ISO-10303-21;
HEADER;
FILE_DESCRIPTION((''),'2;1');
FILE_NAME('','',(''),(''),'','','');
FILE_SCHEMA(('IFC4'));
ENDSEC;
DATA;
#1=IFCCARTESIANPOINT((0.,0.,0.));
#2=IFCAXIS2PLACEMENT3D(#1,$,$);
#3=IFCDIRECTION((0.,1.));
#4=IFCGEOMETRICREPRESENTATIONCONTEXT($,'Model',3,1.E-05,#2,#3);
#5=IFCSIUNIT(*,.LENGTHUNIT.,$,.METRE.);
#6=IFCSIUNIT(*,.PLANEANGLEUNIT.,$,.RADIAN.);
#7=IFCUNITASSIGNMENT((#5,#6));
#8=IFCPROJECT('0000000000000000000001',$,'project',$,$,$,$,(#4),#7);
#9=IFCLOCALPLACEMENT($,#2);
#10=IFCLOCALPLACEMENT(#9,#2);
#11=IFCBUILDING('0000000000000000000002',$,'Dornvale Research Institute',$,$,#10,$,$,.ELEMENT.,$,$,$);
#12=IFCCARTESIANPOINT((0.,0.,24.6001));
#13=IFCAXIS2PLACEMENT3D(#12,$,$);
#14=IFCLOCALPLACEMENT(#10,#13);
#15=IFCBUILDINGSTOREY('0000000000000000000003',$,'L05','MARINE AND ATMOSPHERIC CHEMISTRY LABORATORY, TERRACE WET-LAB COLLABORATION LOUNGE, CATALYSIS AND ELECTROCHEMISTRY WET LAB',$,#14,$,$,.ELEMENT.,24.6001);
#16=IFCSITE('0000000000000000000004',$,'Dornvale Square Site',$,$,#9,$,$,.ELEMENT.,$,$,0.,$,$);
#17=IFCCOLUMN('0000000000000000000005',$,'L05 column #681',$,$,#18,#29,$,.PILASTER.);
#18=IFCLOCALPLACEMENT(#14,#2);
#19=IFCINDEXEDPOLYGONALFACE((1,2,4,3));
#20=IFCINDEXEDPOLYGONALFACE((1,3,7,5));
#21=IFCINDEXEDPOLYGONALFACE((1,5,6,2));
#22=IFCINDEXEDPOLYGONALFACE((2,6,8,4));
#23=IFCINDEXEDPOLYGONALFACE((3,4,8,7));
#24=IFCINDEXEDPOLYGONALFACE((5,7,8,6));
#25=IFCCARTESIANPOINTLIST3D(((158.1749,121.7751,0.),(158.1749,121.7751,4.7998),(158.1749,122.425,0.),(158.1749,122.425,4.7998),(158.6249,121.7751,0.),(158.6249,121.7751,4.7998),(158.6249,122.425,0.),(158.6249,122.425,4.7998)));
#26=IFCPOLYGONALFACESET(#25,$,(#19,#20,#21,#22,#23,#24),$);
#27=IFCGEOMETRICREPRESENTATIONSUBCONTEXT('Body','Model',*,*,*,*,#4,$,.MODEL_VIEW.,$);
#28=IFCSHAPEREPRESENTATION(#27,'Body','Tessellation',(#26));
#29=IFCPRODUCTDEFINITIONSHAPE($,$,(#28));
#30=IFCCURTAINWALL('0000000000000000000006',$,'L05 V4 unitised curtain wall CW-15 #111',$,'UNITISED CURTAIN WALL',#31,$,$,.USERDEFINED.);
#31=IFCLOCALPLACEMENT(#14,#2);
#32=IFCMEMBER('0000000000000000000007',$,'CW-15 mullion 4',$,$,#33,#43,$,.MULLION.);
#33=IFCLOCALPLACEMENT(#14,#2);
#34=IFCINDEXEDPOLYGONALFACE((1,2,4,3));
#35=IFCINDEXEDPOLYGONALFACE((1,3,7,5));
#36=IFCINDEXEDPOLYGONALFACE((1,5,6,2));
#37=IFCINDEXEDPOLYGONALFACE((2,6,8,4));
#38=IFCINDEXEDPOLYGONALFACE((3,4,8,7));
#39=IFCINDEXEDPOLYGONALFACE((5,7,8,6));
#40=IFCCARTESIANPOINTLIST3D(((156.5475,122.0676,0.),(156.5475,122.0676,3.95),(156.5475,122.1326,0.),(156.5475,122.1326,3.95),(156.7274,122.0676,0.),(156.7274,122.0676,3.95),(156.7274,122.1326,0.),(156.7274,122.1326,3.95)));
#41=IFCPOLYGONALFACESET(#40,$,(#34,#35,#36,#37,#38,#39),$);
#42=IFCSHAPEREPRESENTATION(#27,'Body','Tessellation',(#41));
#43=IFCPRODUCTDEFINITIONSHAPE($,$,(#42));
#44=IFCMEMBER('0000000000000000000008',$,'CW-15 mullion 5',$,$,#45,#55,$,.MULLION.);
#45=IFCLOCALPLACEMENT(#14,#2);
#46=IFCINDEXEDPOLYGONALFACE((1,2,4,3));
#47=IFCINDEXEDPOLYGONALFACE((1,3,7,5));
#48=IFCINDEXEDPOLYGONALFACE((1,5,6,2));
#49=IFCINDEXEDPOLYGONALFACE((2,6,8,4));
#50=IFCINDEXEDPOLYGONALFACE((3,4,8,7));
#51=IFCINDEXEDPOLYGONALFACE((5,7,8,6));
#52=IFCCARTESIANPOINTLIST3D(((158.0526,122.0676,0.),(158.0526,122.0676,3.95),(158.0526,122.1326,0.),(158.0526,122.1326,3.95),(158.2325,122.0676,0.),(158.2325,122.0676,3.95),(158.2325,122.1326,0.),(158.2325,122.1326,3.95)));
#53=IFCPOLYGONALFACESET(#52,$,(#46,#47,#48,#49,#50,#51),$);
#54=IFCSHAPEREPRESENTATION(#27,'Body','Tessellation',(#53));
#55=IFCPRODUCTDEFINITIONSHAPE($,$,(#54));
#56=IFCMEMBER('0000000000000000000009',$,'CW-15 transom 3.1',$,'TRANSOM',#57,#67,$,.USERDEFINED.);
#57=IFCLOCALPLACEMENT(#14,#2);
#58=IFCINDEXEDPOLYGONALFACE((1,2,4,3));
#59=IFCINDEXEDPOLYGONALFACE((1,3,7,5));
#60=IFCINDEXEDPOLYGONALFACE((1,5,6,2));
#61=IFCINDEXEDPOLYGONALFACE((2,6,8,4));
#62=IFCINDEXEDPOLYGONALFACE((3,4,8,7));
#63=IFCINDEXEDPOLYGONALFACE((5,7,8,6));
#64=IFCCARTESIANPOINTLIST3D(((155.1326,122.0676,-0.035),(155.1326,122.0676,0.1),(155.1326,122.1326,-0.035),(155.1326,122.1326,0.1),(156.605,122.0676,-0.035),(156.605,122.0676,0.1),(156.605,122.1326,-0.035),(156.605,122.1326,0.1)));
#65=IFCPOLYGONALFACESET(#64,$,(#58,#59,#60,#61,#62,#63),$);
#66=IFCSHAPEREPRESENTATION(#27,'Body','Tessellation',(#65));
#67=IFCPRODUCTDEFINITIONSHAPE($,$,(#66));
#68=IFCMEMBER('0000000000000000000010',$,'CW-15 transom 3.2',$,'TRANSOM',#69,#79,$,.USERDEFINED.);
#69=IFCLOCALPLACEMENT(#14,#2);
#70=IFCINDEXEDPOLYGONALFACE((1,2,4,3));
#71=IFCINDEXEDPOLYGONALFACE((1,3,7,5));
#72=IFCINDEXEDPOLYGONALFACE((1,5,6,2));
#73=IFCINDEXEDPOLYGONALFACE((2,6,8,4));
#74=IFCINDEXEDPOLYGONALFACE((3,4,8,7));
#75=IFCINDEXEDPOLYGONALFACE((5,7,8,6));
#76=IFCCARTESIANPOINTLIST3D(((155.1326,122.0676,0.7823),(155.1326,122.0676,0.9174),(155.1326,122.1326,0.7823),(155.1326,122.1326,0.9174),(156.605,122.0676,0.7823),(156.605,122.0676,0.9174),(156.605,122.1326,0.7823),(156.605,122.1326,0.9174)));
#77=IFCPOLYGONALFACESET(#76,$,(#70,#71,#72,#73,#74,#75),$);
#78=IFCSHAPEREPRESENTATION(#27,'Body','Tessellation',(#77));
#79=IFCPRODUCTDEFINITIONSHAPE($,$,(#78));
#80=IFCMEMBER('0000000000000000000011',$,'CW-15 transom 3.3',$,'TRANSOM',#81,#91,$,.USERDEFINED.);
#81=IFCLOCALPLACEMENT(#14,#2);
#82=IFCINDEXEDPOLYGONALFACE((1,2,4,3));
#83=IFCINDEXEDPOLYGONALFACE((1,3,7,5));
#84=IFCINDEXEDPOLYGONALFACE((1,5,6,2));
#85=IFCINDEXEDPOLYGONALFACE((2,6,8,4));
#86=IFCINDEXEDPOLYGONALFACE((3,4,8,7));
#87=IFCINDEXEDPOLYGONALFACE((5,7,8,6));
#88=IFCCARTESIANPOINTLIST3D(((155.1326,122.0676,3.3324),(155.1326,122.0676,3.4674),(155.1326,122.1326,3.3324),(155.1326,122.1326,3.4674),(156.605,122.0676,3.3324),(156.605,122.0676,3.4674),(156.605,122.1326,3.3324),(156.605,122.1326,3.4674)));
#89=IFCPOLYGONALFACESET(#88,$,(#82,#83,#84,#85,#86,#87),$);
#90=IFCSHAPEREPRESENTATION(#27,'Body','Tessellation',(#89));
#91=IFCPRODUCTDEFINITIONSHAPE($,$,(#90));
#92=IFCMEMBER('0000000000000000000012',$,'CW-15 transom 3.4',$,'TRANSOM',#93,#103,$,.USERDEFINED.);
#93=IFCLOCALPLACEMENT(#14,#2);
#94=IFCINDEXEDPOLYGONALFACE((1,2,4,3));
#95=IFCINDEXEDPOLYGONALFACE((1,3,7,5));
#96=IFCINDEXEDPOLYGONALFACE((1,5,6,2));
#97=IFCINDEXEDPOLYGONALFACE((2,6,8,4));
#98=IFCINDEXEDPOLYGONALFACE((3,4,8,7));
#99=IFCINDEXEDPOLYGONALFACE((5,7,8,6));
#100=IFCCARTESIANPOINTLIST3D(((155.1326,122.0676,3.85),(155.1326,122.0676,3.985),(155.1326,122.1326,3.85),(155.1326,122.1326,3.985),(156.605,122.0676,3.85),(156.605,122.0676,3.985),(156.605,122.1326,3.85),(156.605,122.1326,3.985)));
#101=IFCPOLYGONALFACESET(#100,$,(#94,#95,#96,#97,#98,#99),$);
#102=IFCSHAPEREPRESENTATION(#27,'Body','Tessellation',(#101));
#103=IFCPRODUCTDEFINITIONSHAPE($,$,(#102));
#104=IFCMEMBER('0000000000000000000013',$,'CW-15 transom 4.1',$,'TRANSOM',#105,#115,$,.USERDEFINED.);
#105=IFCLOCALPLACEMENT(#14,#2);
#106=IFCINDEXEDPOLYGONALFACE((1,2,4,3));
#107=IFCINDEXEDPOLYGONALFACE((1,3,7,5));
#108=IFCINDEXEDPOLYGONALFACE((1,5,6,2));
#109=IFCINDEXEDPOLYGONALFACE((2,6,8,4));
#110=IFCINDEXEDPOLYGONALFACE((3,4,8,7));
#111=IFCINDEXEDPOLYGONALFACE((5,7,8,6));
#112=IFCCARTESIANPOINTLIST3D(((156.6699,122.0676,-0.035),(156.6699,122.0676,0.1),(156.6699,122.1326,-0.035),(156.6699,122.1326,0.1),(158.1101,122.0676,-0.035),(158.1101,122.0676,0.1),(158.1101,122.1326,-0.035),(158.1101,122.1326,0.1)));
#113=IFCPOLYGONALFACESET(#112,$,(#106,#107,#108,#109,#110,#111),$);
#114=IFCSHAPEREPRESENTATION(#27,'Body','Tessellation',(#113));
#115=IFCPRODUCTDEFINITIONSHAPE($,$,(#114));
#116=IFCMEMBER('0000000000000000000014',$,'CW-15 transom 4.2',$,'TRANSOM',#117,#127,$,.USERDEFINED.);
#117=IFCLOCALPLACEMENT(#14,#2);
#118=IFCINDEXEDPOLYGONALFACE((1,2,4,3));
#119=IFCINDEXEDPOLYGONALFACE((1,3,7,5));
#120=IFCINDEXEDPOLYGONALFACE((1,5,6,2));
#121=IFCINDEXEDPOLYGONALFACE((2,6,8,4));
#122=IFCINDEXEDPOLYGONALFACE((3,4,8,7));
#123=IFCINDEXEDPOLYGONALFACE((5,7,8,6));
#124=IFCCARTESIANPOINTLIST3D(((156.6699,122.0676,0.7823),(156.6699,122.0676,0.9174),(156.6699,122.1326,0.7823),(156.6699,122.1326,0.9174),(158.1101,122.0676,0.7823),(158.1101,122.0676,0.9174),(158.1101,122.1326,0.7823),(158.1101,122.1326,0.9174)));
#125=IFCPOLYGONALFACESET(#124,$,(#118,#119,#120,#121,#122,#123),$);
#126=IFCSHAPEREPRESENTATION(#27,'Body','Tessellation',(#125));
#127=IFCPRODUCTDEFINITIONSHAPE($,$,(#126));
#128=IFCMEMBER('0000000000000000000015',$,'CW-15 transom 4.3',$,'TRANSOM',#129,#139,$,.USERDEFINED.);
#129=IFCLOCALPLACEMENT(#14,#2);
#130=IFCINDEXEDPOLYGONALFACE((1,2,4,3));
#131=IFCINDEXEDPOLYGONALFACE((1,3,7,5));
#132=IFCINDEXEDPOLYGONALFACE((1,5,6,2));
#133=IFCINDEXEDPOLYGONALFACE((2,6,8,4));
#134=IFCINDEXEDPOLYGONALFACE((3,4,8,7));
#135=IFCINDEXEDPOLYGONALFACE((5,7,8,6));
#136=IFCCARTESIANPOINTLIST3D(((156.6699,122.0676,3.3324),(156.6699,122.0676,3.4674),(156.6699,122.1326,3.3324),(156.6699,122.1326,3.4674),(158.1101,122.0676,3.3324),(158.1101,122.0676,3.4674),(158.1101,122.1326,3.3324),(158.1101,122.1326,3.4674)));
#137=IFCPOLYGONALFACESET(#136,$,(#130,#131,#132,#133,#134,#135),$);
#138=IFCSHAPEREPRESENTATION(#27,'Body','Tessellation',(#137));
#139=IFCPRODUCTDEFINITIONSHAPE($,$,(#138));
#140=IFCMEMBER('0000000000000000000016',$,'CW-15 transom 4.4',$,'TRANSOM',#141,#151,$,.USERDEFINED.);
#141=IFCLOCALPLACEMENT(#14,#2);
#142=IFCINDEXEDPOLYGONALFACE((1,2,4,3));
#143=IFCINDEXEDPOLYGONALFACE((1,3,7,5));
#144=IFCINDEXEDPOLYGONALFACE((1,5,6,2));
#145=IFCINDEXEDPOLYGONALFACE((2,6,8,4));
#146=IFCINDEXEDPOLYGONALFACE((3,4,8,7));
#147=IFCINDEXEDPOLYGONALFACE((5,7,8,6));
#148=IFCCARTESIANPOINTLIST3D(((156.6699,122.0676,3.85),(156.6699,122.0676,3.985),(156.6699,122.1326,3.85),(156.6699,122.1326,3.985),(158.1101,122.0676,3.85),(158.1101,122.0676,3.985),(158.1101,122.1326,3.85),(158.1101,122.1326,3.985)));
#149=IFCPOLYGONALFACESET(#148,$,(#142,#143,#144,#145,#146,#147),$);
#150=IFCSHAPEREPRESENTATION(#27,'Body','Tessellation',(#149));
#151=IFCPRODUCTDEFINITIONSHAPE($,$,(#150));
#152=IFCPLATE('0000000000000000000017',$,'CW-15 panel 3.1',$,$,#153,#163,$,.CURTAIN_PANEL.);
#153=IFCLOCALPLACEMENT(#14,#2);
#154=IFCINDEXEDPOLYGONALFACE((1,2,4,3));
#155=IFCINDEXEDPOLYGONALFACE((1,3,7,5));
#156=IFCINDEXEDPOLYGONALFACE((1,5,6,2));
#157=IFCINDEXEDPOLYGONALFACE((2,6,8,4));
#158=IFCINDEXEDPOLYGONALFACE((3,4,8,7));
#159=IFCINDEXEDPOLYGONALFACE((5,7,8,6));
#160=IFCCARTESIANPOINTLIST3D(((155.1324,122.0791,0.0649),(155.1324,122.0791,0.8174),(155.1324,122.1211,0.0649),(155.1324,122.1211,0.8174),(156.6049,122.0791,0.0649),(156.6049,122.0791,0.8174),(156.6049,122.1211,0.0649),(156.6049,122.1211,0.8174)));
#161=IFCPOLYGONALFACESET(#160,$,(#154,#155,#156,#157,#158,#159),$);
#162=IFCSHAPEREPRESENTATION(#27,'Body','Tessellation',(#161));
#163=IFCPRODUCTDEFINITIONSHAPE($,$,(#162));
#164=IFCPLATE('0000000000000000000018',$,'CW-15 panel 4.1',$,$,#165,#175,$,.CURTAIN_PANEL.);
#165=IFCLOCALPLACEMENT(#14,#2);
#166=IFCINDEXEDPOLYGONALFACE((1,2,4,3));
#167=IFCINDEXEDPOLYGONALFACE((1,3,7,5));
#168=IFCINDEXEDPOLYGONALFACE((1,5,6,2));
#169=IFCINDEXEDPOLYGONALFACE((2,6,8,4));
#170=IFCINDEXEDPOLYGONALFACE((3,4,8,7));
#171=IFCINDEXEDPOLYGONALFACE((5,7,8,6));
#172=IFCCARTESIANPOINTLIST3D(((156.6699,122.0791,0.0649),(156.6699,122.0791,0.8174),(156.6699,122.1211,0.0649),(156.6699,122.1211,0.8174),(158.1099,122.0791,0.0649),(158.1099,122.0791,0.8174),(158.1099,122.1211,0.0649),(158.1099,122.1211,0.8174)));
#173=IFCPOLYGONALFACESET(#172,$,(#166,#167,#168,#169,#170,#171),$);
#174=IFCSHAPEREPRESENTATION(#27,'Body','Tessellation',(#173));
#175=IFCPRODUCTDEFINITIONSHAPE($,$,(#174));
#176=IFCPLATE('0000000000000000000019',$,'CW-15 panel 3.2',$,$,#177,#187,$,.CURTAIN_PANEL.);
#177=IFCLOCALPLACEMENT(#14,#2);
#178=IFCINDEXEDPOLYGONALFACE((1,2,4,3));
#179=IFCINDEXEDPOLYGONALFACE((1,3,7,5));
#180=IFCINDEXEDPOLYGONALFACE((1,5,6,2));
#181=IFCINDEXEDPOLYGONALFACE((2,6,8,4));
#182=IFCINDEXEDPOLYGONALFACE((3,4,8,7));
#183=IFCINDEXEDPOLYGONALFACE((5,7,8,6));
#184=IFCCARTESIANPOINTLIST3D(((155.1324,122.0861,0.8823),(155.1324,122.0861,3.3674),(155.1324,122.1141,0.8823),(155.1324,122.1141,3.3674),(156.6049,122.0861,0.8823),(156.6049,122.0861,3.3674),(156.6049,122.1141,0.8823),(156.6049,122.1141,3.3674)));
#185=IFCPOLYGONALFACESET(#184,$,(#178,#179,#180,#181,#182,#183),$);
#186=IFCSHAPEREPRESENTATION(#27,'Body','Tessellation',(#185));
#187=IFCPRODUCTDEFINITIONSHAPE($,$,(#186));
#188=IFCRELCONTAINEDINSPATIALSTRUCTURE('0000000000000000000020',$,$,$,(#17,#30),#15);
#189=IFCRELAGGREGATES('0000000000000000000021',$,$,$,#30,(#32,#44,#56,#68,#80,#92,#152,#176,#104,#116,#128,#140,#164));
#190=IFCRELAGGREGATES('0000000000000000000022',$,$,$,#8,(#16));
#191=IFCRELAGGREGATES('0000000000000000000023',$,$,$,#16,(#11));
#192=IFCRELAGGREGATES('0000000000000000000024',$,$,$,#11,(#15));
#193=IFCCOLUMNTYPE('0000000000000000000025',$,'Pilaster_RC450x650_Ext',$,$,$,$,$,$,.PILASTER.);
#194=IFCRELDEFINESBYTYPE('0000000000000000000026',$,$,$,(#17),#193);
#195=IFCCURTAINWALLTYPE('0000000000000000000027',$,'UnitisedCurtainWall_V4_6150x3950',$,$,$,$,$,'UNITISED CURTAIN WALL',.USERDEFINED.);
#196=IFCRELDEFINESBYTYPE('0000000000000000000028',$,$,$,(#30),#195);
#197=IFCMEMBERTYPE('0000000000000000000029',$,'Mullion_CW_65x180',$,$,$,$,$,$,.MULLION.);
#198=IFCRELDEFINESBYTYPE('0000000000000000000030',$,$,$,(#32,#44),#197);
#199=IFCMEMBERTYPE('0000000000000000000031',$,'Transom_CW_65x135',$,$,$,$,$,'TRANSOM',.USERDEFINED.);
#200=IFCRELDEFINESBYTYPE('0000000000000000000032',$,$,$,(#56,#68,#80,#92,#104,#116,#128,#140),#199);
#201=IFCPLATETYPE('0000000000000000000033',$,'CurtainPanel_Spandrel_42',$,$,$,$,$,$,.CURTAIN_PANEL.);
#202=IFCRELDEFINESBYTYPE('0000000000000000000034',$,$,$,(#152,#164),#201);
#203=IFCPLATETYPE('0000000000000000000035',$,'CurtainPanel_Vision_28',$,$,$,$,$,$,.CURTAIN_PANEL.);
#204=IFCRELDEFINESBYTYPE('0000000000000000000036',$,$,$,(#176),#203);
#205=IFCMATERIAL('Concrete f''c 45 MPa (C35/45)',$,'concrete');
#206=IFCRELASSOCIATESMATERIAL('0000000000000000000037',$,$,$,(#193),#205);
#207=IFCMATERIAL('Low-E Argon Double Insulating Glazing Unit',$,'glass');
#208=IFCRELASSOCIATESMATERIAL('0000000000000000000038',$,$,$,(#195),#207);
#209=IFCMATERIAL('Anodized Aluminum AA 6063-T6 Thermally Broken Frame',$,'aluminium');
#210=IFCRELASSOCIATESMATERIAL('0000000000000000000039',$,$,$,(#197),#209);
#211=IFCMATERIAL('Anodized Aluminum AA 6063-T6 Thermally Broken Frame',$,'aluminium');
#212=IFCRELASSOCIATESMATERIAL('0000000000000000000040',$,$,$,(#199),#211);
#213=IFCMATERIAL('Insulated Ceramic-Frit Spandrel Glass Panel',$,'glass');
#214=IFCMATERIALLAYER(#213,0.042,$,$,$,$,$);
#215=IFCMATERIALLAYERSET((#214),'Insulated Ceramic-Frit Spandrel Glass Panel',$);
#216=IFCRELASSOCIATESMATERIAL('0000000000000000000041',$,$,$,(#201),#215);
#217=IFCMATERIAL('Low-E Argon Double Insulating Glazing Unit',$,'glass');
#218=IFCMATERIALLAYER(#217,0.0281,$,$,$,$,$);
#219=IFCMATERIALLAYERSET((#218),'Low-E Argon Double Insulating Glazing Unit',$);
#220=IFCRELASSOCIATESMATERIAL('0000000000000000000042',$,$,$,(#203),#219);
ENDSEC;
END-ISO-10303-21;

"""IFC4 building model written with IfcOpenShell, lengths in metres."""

from ifc_helpers import new_model, si_unit, direction, frame, origin, origin_2d, place, context, subcontext, project, spatial, rectangle, extrude, material, layer, layer_set, material_profile, profile_set, type_object, element, aggregate, save


model = new_model("IFC4")

# Units and contexts
model_context = context("Model", 3, precision=1e-05, world=origin(), true_north=direction((0.0, 1.0)))
body_context = subcontext(model_context, "Body", "Model", "MODEL_VIEW")
ifc_project = project(units=[si_unit("LENGTHUNIT", "METRE"), si_unit("PLANEANGLEUNIT", "RADIAN")], contexts=[model_context])

# Site, building, storey
site_placement = place(None, origin())
site = spatial("IfcSite", under=ifc_project, at=site_placement, Name="Dornvale Square Site", CompositionType="ELEMENT", RefElevation=0.0)
building_placement = place(site_placement, origin())
building = spatial("IfcBuilding", under=site, at=building_placement, Name="Dornvale Research Institute", CompositionType="ELEMENT")
storey_placement = place(building_placement, frame((0.0, 0.0, 24.6001)))
storey = spatial("IfcBuildingStorey", under=building, at=storey_placement, Name="L05", Description="MARINE AND ATMOSPHERIC CHEMISTRY LABORATORY, TERRACE WET-LAB COLLABORATION LOUNGE, CATALYSIS AND ELECTROCHEMISTRY WET LAB", CompositionType="ELEMENT", Elevation=24.6001)

# Column
ifc_material_1 = material(Name="Concrete f'c 45 MPa (C35/45)", Category="concrete")
ifc_material_profile_1 = material_profile(ifc_material_1, rectangle(XDim=0.45, YDim=0.6499, at=origin_2d()), Name="RC 450x650")
ifc_profile_set_1 = profile_set([ifc_material_profile_1], Name="Concrete f'c 45 MPa (C35/45)")
column_type = type_object("IfcColumnType", Name="Pilaster_RC450x650_Ext", PredefinedType="PILASTER", material=ifc_profile_set_1)
column_placement = place(storey_placement, frame((158.3999, 122.1001, 0.0), z_axis=(0.0, 0.0, 1.0), x_axis=(1.0, 0.0, 0.0)))
element("IfcColumn", 1, at=column_placement, inside=storey, type_object=column_type, Name="L05 column #681", PredefinedType="PILASTER", context=body_context, shape_type="SweptSolid", body=[
    extrude(rectangle(XDim=0.45, YDim=0.6499, at=origin_2d()), origin(), (0.0, 0.0, 1.0), 4.7998),
])

# Curtain wall, members, plates
ifc_material_2 = material(Name="Low-E Argon Double Insulating Glazing Unit", Category="glass")
curtain_wall_type = type_object("IfcCurtainWallType", Name="UnitisedCurtainWall_V4_6150x3950", ElementType="UNITISED CURTAIN WALL", PredefinedType="USERDEFINED", material=ifc_material_2)
curtain_wall_placement = place(storey_placement, origin())
curtain_wall = element("IfcCurtainWall", 2, at=curtain_wall_placement, inside=storey, type_object=curtain_wall_type, Name="L05 V4 unitised curtain wall CW-15 #111", ObjectType="UNITISED CURTAIN WALL", PredefinedType="USERDEFINED")
ifc_material_3 = material(Name="Anodized Aluminum AA 6063-T6 Thermally Broken Frame", Category="aluminium")
ifc_material_profile_2 = material_profile(ifc_material_3, rectangle(XDim=0.0649, YDim=0.1799, at=origin_2d()), Name="ALU MULLION 65x180")
ifc_profile_set_2 = profile_set([ifc_material_profile_2], Name="Anodized Aluminum AA 6063-T6 Thermally Broken Frame")
member_type_1 = type_object("IfcMemberType", Name="Mullion_CW_65x180", PredefinedType="MULLION", material=ifc_profile_set_2)
member_1_placement = place(storey_placement, frame((156.6375, 122.1001, 0.0), z_axis=(0.0, 0.0, 1.0), x_axis=(0.0, 1.0, 0.0)))
member_1 = element("IfcMember", 3, at=member_1_placement, type_object=member_type_1, Name="CW-15 mullion 4", PredefinedType="MULLION", context=body_context, shape_type="SweptSolid", body=[
    extrude(rectangle(XDim=0.0649, YDim=0.1799, at=origin_2d()), origin(), (0.0, 0.0, 1.0), 3.95),
])
member_2_placement = place(storey_placement, frame((158.1426, 122.1001, 0.0), z_axis=(0.0, 0.0, 1.0), x_axis=(0.0, 1.0, 0.0)))
member_2 = element("IfcMember", 4, at=member_2_placement, type_object=member_type_1, Name="CW-15 mullion 5", PredefinedType="MULLION", context=body_context, shape_type="SweptSolid", body=[
    extrude(rectangle(XDim=0.0649, YDim=0.1799, at=origin_2d()), origin(), (0.0, 0.0, 1.0), 3.95),
])
ifc_material_4 = material(Name="Anodized Aluminum AA 6063-T6 Thermally Broken Frame", Category="aluminium")
ifc_material_profile_3 = material_profile(ifc_material_4, rectangle(XDim=0.0649, YDim=0.135, at=origin_2d()), Name="ALU TRANSOM 65x135")
ifc_profile_set_3 = profile_set([ifc_material_profile_3], Name="Anodized Aluminum AA 6063-T6 Thermally Broken Frame")
member_type_2 = type_object("IfcMemberType", Name="Transom_CW_65x135", ElementType="TRANSOM", PredefinedType="USERDEFINED", material=ifc_profile_set_3)
member_3_placement = place(storey_placement, frame((155.1326, 122.1001, 0.0325), z_axis=(1.0, 0.0, 0.0), x_axis=(0.0, 1.0, 0.0)))
member_3 = element("IfcMember", 5, at=member_3_placement, type_object=member_type_2, Name="CW-15 transom 3.1", ObjectType="TRANSOM", PredefinedType="USERDEFINED", context=body_context, shape_type="SweptSolid", body=[
    extrude(rectangle(XDim=0.0649, YDim=0.135, at=origin_2d()), origin(), (0.0, 0.0, 1.0), 1.4724),
])
member_4_placement = place(storey_placement, frame((155.1326, 122.1001, 0.8499), z_axis=(1.0, 0.0, 0.0), x_axis=(0.0, 1.0, 0.0)))
member_4 = element("IfcMember", 6, at=member_4_placement, type_object=member_type_2, Name="CW-15 transom 3.2", ObjectType="TRANSOM", PredefinedType="USERDEFINED", context=body_context, shape_type="SweptSolid", body=[
    extrude(rectangle(XDim=0.0649, YDim=0.135, at=origin_2d()), origin(), (0.0, 0.0, 1.0), 1.4724),
])
member_5_placement = place(storey_placement, frame((155.1326, 122.1001, 3.3999), z_axis=(1.0, 0.0, 0.0), x_axis=(0.0, 1.0, 0.0)))
member_5 = element("IfcMember", 7, at=member_5_placement, type_object=member_type_2, Name="CW-15 transom 3.3", ObjectType="TRANSOM", PredefinedType="USERDEFINED", context=body_context, shape_type="SweptSolid", body=[
    extrude(rectangle(XDim=0.0649, YDim=0.135, at=origin_2d()), origin(), (0.0, 0.0, 1.0), 1.4724),
])
member_6_placement = place(storey_placement, frame((155.1326, 122.1001, 3.9175), z_axis=(1.0, 0.0, 0.0), x_axis=(0.0, 1.0, 0.0)))
member_6 = element("IfcMember", 8, at=member_6_placement, type_object=member_type_2, Name="CW-15 transom 3.4", ObjectType="TRANSOM", PredefinedType="USERDEFINED", context=body_context, shape_type="SweptSolid", body=[
    extrude(rectangle(XDim=0.0649, YDim=0.135, at=origin_2d()), origin(), (0.0, 0.0, 1.0), 1.4724),
])
member_7_placement = place(storey_placement, frame((156.6699, 122.1001, 0.0325), z_axis=(1.0, 0.0, 0.0), x_axis=(0.0, 1.0, 0.0)))
member_7 = element("IfcMember", 9, at=member_7_placement, type_object=member_type_2, Name="CW-15 transom 4.1", ObjectType="TRANSOM", PredefinedType="USERDEFINED", context=body_context, shape_type="SweptSolid", body=[
    extrude(rectangle(XDim=0.0649, YDim=0.135, at=origin_2d()), origin(), (0.0, 0.0, 1.0), 1.4402),
])
member_8_placement = place(storey_placement, frame((156.6699, 122.1001, 0.8499), z_axis=(1.0, 0.0, 0.0), x_axis=(0.0, 1.0, 0.0)))
member_8 = element("IfcMember", 10, at=member_8_placement, type_object=member_type_2, Name="CW-15 transom 4.2", ObjectType="TRANSOM", PredefinedType="USERDEFINED", context=body_context, shape_type="SweptSolid", body=[
    extrude(rectangle(XDim=0.0649, YDim=0.135, at=origin_2d()), origin(), (0.0, 0.0, 1.0), 1.4402),
])
member_9_placement = place(storey_placement, frame((156.6699, 122.1001, 3.3999), z_axis=(1.0, 0.0, 0.0), x_axis=(0.0, 1.0, 0.0)))
member_9 = element("IfcMember", 11, at=member_9_placement, type_object=member_type_2, Name="CW-15 transom 4.3", ObjectType="TRANSOM", PredefinedType="USERDEFINED", context=body_context, shape_type="SweptSolid", body=[
    extrude(rectangle(XDim=0.0649, YDim=0.135, at=origin_2d()), origin(), (0.0, 0.0, 1.0), 1.4402),
])
member_10_placement = place(storey_placement, frame((156.6699, 122.1001, 3.9175), z_axis=(1.0, 0.0, 0.0), x_axis=(0.0, 1.0, 0.0)))
member_10 = element("IfcMember", 12, at=member_10_placement, type_object=member_type_2, Name="CW-15 transom 4.4", ObjectType="TRANSOM", PredefinedType="USERDEFINED", context=body_context, shape_type="SweptSolid", body=[
    extrude(rectangle(XDim=0.0649, YDim=0.135, at=origin_2d()), origin(), (0.0, 0.0, 1.0), 1.4402),
])
ifc_material_5 = material(Name="Insulated Ceramic-Frit Spandrel Glass Panel", Category="glass")
ifc_layer_1 = layer(ifc_material_5, 0.042)
ifc_layer_set_1 = layer_set([ifc_layer_1], Name="Insulated Ceramic-Frit Spandrel Glass Panel")
plate_type_1 = type_object("IfcPlateType", Name="CurtainPanel_Spandrel_42", PredefinedType="CURTAIN_PANEL", material=ifc_layer_set_1)
plate_1_placement = place(storey_placement, frame((155.8687, 122.1001, 0.0649), z_axis=(0.0, 0.0, 1.0), x_axis=(1.0, 0.0, 0.0)))
plate_1 = element("IfcPlate", 13, at=plate_1_placement, type_object=plate_type_1, Name="CW-15 panel 3.1", PredefinedType="CURTAIN_PANEL", context=body_context, shape_type="SweptSolid", body=[
    extrude(rectangle(XDim=1.4724, YDim=0.042, at=origin_2d()), origin(), (0.0, 0.0, 1.0), 0.7524),
])
plate_2_placement = place(storey_placement, frame((157.3899, 122.1001, 0.0649), z_axis=(0.0, 0.0, 1.0), x_axis=(1.0, 0.0, 0.0)))
plate_2 = element("IfcPlate", 14, at=plate_2_placement, type_object=plate_type_1, Name="CW-15 panel 4.1", PredefinedType="CURTAIN_PANEL", context=body_context, shape_type="SweptSolid", body=[
    extrude(rectangle(XDim=1.4399, YDim=0.042, at=origin_2d()), origin(), (0.0, 0.0, 1.0), 0.7524),
])
ifc_material_6 = material(Name="Low-E Argon Double Insulating Glazing Unit", Category="glass")
ifc_layer_2 = layer(ifc_material_6, 0.0281)
ifc_layer_set_2 = layer_set([ifc_layer_2], Name="Low-E Argon Double Insulating Glazing Unit")
plate_type_2 = type_object("IfcPlateType", Name="CurtainPanel_Vision_28", PredefinedType="CURTAIN_PANEL", material=ifc_layer_set_2)
plate_3_placement = place(storey_placement, frame((155.8687, 122.1001, 0.8823), z_axis=(0.0, 0.0, 1.0), x_axis=(1.0, 0.0, 0.0)))
plate_3 = element("IfcPlate", 15, at=plate_3_placement, type_object=plate_type_2, Name="CW-15 panel 3.2", PredefinedType="CURTAIN_PANEL", context=body_context, shape_type="SweptSolid", body=[
    extrude(rectangle(XDim=1.4724, YDim=0.0281, at=origin_2d()), origin(), (0.0, 0.0, 1.0), 2.4851),
])
aggregate(curtain_wall, [member_1, member_2, member_3, member_4, member_5, member_6, plate_1, plate_3, member_7, member_8, member_9, member_10, plate_2])

save(model, "model.ifc")
